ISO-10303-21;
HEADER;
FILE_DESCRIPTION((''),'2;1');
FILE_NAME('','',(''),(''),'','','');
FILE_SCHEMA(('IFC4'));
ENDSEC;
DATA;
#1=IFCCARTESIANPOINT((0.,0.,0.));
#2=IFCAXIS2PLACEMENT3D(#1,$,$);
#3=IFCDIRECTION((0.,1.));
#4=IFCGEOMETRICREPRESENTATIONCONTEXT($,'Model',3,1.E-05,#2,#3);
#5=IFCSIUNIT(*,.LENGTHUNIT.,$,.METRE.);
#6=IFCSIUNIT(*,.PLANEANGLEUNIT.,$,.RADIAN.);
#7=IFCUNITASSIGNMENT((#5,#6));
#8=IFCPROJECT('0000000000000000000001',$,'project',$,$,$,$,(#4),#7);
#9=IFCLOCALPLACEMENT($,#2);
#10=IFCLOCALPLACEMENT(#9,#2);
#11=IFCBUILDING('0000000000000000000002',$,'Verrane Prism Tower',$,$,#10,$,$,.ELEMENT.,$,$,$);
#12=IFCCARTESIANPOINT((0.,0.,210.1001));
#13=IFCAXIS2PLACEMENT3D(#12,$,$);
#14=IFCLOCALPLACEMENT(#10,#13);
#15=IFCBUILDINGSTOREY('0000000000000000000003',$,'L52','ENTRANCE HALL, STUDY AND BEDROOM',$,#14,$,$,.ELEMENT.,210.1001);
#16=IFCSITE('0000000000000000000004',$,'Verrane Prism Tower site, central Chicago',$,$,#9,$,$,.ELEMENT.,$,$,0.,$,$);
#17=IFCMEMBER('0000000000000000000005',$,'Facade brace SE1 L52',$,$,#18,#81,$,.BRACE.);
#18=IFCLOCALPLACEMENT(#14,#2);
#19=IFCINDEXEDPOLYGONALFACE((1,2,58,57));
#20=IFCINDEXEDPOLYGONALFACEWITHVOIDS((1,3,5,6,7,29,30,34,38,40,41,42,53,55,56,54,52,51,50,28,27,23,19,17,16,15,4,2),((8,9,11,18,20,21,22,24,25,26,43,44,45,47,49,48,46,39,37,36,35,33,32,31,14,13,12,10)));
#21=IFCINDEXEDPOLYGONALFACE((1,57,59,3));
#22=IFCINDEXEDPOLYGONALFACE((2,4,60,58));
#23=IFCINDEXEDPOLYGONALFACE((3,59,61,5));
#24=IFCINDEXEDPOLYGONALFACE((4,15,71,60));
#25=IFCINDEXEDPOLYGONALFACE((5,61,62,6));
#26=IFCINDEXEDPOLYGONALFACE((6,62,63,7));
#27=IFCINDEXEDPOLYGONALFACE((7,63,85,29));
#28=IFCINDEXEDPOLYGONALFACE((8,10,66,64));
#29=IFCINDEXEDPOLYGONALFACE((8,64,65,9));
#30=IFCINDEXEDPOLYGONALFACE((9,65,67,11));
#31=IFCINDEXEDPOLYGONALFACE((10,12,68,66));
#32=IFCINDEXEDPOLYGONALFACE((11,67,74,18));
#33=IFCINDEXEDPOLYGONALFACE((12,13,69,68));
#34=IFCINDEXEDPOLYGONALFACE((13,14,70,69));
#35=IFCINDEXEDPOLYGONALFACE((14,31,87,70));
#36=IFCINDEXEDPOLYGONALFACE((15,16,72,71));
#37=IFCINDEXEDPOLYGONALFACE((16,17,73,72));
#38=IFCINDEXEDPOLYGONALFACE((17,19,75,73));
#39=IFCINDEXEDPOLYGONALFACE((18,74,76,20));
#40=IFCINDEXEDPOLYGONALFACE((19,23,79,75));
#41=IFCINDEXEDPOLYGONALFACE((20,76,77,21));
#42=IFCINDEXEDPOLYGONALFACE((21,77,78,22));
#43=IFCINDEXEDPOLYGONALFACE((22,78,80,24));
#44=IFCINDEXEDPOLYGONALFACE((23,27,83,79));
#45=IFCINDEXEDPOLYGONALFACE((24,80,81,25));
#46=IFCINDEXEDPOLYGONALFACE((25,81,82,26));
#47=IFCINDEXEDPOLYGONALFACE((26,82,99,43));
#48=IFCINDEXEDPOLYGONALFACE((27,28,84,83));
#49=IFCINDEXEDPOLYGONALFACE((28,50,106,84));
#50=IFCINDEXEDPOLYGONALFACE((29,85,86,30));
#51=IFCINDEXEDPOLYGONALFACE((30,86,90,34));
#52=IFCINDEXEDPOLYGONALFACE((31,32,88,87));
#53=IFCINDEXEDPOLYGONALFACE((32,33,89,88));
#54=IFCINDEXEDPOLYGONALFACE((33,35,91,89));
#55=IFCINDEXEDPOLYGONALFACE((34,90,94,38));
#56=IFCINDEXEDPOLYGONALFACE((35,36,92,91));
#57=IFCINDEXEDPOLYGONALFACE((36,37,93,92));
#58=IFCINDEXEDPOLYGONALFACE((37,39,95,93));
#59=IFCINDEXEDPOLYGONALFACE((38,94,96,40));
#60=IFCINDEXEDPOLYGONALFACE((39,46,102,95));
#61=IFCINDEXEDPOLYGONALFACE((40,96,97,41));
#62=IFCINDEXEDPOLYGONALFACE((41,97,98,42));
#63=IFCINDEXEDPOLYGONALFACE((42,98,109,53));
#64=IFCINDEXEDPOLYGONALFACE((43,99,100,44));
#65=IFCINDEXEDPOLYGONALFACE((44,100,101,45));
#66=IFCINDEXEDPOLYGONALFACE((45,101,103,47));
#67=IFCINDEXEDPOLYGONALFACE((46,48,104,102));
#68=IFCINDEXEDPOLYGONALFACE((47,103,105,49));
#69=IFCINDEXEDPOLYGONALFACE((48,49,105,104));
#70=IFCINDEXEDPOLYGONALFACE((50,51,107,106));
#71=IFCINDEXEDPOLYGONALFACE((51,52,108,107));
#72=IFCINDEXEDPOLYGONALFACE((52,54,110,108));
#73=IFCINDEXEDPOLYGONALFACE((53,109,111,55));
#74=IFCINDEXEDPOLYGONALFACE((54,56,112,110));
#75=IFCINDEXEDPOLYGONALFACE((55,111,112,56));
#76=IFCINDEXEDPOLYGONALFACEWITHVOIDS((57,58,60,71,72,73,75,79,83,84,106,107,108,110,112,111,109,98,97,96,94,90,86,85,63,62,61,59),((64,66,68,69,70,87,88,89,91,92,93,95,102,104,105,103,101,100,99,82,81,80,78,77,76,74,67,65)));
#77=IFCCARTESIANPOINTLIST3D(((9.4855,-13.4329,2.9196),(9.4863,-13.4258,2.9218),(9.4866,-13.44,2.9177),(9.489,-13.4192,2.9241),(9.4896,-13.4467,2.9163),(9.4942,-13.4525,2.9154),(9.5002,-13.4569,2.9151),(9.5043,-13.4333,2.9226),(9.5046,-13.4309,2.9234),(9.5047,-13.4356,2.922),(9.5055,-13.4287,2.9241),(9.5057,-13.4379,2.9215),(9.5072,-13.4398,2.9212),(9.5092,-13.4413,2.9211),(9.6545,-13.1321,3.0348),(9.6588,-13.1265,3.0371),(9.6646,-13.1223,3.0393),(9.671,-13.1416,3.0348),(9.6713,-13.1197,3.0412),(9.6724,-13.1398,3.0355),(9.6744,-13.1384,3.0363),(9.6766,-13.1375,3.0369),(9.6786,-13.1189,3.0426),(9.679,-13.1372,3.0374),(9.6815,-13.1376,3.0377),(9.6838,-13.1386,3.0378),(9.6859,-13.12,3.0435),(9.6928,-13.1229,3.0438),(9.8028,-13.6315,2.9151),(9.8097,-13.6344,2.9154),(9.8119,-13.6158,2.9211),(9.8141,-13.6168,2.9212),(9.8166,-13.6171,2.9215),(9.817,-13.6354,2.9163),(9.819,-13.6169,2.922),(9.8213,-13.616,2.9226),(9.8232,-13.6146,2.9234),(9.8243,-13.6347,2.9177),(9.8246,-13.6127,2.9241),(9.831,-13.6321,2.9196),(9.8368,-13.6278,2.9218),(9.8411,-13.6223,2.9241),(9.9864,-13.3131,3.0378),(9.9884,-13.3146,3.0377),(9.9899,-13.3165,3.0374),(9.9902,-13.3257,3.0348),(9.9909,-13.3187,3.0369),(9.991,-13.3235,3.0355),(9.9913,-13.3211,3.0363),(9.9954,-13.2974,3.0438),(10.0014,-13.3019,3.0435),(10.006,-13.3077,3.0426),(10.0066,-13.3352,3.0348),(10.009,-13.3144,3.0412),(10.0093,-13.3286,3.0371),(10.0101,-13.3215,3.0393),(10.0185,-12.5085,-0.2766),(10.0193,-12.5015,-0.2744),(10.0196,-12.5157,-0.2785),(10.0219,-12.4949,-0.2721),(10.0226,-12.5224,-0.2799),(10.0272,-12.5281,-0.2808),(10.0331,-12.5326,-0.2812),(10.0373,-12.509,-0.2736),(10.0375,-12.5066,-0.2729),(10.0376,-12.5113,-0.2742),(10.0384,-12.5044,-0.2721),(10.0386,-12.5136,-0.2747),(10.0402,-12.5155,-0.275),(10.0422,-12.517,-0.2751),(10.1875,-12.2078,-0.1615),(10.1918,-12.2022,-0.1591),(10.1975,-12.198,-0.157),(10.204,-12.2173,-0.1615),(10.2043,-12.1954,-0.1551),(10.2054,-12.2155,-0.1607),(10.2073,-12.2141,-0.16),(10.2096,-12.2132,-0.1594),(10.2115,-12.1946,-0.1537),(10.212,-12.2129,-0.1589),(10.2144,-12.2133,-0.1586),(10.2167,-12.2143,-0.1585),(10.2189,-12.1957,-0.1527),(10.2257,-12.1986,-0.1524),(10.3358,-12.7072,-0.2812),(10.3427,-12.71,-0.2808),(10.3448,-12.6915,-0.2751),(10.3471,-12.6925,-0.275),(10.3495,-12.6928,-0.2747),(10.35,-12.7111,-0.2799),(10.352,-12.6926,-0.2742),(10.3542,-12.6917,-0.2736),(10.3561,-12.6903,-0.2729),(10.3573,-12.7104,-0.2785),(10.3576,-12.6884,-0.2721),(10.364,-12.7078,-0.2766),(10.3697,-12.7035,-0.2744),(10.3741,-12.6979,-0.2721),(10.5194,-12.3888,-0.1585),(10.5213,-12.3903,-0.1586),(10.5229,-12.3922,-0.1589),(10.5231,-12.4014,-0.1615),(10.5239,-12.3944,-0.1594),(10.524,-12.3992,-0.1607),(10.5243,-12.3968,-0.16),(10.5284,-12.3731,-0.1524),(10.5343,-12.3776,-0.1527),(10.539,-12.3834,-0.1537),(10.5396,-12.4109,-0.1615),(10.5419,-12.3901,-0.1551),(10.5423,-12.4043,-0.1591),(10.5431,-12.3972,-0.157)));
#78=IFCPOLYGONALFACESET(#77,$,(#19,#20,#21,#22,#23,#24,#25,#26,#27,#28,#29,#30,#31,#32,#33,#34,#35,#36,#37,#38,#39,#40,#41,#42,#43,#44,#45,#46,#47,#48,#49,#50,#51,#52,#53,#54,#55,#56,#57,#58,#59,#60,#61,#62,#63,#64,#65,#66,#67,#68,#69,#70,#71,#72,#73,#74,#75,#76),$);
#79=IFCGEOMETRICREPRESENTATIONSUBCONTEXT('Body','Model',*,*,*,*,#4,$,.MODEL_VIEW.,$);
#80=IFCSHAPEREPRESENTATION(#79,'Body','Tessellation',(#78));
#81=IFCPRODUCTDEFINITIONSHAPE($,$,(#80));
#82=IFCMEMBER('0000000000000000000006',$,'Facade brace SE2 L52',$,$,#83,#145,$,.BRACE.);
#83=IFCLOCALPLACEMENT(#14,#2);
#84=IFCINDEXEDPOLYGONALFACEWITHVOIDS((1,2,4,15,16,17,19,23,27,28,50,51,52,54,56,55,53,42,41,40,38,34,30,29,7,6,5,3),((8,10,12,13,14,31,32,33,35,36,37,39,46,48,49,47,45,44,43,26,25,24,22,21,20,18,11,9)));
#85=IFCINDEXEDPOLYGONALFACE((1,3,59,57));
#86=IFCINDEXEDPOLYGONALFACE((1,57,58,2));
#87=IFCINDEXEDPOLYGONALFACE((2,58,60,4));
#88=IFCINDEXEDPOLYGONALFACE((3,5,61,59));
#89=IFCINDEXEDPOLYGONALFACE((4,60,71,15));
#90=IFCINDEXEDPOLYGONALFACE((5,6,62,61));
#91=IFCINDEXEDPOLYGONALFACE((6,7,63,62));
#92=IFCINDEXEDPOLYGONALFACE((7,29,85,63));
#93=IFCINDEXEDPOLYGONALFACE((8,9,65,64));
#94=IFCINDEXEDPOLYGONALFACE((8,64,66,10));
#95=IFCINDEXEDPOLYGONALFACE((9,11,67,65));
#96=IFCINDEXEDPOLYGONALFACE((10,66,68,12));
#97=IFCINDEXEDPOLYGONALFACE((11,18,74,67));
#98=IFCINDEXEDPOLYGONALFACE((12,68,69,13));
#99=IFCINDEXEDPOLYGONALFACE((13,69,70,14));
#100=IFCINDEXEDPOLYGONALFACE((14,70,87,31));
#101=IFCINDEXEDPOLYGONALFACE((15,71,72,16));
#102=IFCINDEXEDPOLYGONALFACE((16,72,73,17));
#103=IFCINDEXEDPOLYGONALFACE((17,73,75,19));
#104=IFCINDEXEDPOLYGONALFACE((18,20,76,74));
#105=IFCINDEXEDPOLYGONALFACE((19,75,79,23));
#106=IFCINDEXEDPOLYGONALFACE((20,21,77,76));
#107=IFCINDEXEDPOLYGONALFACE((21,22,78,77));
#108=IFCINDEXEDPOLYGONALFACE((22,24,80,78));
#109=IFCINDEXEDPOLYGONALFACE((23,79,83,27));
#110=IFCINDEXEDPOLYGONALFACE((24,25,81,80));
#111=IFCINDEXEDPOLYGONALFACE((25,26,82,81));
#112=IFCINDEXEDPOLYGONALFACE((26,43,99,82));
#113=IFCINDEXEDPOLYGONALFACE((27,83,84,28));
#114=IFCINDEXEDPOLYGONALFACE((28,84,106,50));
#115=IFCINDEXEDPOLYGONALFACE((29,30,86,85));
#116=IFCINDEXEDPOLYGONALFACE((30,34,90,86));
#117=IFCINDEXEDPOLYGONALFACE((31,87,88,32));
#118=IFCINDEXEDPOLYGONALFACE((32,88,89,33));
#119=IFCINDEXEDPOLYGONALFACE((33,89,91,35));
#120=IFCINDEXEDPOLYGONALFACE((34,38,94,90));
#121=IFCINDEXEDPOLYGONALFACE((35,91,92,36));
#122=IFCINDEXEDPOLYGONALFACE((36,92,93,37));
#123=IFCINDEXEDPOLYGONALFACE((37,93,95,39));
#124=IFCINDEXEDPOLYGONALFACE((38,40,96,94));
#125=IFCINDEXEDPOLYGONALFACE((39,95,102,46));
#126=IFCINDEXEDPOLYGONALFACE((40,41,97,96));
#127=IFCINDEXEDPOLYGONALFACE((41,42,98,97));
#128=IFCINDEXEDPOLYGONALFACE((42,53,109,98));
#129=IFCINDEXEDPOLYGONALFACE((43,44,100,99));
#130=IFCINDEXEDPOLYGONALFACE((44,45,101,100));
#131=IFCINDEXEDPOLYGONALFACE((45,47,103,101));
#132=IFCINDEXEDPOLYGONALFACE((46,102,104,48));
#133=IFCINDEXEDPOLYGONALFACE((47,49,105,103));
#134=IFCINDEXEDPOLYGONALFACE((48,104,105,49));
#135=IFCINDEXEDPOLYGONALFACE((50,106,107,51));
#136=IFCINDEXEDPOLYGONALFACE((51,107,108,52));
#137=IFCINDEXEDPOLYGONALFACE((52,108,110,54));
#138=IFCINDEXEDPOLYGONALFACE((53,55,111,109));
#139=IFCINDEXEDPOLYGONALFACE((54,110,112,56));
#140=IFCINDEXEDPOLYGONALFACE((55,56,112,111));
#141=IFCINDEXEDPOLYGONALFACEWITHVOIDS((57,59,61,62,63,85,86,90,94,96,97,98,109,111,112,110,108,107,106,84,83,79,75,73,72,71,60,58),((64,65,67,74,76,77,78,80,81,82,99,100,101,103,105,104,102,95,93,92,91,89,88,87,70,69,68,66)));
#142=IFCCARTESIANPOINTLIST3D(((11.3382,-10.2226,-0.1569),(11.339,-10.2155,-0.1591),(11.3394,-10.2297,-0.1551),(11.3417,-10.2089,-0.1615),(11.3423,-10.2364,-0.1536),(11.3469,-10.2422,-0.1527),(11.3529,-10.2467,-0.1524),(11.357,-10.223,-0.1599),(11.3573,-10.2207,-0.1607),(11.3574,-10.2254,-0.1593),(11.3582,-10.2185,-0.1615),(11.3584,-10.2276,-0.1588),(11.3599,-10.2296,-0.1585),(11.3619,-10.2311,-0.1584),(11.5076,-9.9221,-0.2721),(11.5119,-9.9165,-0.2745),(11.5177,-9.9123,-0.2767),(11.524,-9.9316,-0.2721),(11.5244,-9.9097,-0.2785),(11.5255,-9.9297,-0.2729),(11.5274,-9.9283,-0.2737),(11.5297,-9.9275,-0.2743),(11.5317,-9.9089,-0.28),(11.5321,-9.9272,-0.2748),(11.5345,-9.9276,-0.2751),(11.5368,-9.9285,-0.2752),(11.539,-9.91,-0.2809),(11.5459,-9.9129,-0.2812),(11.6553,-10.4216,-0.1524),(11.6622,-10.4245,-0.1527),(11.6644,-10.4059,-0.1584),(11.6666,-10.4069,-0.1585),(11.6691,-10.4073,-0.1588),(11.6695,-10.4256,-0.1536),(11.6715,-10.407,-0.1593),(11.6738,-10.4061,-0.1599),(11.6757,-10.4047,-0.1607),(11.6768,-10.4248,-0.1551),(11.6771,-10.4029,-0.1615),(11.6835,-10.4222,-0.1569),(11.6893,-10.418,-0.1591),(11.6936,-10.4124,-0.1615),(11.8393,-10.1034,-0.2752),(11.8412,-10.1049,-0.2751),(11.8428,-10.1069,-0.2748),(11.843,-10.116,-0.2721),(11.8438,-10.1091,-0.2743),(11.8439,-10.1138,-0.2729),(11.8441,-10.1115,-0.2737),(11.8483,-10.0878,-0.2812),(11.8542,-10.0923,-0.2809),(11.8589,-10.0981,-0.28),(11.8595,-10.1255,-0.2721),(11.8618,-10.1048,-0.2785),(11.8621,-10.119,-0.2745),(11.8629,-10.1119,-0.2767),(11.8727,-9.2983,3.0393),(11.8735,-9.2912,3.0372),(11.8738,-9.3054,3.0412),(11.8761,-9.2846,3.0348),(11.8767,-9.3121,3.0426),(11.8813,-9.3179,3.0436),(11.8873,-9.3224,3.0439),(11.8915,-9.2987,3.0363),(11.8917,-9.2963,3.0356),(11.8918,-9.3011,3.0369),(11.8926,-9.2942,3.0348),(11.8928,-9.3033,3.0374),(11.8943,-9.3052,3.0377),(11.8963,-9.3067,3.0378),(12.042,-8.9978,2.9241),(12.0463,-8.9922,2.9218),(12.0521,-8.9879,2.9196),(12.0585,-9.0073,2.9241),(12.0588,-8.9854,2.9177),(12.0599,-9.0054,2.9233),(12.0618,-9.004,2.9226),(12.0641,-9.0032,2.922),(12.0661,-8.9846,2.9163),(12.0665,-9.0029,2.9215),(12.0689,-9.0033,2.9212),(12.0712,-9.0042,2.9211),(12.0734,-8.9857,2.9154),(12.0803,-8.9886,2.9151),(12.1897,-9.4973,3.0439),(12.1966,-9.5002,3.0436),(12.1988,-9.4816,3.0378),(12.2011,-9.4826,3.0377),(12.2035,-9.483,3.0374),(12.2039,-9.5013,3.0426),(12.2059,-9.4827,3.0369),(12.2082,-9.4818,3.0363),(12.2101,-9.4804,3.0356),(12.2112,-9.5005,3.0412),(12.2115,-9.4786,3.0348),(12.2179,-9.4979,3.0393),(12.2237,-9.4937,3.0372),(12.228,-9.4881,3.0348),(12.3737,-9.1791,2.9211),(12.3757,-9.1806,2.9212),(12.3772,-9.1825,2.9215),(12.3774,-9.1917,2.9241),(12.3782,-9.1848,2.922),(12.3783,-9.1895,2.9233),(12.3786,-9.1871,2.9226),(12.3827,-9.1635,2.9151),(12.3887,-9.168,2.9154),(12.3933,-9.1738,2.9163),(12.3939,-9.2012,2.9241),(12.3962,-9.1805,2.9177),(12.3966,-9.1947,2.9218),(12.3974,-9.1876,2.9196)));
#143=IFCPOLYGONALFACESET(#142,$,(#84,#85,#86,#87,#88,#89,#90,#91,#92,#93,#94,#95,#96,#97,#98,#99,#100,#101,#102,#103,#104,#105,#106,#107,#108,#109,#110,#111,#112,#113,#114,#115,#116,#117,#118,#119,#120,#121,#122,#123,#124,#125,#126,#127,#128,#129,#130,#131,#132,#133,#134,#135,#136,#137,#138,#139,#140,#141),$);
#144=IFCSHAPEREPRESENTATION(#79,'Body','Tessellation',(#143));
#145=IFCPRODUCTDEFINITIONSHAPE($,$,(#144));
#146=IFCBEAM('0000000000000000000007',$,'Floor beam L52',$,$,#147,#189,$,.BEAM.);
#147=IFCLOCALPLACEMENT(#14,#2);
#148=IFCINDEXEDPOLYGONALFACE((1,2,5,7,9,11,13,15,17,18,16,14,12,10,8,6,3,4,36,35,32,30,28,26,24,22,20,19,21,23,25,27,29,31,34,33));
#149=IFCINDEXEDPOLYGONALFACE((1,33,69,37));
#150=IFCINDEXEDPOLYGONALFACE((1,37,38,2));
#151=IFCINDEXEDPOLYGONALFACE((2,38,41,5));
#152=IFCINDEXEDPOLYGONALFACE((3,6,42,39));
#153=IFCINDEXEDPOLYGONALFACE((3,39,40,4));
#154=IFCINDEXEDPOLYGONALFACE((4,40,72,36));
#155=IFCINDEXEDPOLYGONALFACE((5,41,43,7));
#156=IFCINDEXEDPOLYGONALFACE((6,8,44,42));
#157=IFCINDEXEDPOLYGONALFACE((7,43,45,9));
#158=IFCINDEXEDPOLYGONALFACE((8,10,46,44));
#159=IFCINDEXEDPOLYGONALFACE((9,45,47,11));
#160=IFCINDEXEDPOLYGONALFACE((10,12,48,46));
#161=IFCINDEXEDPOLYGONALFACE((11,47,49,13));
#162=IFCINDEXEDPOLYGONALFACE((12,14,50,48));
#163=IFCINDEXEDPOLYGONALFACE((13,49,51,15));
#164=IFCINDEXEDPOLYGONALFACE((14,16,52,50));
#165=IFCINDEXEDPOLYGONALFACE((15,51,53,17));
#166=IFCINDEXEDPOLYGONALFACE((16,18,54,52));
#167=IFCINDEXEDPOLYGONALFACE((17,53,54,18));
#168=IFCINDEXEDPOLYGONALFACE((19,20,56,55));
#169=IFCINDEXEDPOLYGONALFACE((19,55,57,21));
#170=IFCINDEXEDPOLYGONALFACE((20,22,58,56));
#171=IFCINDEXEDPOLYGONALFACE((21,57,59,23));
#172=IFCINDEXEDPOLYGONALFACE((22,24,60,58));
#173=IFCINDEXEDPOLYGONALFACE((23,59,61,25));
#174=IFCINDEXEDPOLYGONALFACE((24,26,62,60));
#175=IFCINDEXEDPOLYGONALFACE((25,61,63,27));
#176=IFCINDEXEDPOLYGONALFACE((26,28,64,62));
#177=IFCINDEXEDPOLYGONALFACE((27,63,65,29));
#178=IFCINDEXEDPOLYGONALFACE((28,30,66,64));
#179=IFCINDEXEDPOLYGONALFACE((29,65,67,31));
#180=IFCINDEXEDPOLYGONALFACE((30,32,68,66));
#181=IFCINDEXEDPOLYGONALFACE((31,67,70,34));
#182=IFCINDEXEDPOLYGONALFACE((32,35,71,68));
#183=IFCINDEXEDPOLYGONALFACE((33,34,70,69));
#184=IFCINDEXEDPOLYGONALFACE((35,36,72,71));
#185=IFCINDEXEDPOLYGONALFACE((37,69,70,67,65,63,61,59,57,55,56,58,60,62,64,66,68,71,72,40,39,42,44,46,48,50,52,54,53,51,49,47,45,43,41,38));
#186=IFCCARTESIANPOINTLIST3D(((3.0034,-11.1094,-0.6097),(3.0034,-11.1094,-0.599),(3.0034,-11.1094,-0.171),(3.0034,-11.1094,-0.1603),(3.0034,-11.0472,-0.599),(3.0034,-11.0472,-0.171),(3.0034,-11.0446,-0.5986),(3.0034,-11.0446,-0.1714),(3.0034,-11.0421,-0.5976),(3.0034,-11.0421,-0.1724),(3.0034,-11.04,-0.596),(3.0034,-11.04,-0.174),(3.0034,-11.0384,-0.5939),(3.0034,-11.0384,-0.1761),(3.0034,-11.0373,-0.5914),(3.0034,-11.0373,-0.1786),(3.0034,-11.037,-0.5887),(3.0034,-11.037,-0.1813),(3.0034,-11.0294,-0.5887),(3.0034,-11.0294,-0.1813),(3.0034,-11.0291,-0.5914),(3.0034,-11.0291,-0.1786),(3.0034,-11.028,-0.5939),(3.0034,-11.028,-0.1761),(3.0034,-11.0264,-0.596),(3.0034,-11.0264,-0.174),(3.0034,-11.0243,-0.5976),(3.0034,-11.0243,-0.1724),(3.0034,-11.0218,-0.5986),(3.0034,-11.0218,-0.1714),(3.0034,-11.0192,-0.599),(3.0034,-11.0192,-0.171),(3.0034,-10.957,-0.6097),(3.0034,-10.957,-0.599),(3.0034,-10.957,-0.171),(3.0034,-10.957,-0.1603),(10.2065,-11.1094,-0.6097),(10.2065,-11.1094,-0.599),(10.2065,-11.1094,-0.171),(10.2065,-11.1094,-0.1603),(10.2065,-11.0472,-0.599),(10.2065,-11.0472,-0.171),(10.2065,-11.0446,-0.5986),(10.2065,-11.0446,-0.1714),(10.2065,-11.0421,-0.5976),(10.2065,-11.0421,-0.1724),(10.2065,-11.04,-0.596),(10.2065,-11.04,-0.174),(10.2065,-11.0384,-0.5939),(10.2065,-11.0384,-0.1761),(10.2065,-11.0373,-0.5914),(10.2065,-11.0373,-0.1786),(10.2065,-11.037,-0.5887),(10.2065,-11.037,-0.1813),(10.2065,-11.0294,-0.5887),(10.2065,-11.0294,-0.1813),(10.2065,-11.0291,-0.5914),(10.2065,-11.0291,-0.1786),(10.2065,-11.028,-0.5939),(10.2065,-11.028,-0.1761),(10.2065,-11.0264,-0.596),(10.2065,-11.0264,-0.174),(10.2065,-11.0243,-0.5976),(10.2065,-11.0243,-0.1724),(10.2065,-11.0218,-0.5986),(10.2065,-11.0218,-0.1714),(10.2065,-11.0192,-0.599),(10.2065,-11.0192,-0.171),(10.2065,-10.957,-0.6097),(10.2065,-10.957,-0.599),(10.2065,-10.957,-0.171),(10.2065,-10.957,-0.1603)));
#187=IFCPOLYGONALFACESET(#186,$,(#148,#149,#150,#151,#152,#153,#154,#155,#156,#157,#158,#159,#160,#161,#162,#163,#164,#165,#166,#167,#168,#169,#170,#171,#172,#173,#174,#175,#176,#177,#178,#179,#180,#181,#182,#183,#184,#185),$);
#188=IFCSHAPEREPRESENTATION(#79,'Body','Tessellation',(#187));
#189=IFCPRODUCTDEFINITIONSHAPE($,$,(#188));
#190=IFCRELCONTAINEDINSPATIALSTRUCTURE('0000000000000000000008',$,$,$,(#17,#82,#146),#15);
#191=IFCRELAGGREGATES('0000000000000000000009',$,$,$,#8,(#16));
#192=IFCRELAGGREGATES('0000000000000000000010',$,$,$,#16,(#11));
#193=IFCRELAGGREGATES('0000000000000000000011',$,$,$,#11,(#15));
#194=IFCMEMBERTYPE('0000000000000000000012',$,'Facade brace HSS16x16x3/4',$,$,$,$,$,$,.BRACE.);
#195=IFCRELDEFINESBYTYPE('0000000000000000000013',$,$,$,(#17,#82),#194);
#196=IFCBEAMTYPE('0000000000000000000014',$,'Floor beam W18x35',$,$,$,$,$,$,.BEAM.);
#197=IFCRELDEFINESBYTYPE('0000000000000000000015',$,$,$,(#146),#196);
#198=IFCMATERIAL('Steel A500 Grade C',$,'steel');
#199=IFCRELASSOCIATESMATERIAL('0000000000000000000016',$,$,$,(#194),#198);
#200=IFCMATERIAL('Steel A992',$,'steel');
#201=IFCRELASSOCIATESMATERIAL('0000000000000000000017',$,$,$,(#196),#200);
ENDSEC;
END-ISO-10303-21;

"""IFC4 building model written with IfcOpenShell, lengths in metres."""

from ifc_helpers import new_model, si_unit, direction, frame, origin, origin_2d, place, context, subcontext, project, spatial, hollow_rectangle, i_section, extrude, material, material_profile, profile_set, type_object, element, save


model = new_model("IFC4")

# Units and contexts
model_context = context("Model", 3, precision=1e-05, world=origin(), true_north=direction((0.0, 1.0)))
body_context = subcontext(model_context, "Body", "Model", "MODEL_VIEW")
ifc_project = project(units=[si_unit("LENGTHUNIT", "METRE"), si_unit("PLANEANGLEUNIT", "RADIAN")], contexts=[model_context])

# Site, building, storey
site_placement = place(None, origin())
site = spatial("IfcSite", under=ifc_project, at=site_placement, Name="Verrane Prism Tower site, central Chicago", CompositionType="ELEMENT", RefElevation=0.0)
building_placement = place(site_placement, origin())
building = spatial("IfcBuilding", under=site, at=building_placement, Name="Verrane Prism Tower", CompositionType="ELEMENT")
storey_placement = place(building_placement, frame((0.0, 0.0, 210.1001)))
storey = spatial("IfcBuildingStorey", under=building, at=storey_placement, Name="L52", Description="ENTRANCE HALL, STUDY AND BEDROOM", CompositionType="ELEMENT", Elevation=210.1001)

# Members
ifc_material_1 = material(Name="Steel A500 Grade C", Category="steel")
ifc_material_profile_1 = material_profile(ifc_material_1, hollow_rectangle(XDim=0.4065, YDim=0.4065, WallThickness=0.019, InnerFilletRadius=0.0095, OuterFilletRadius=0.0286, at=origin_2d()), Name="HSS16x16x3/4")
ifc_profile_set_1 = profile_set([ifc_material_profile_1], Name="Steel A500 Grade C")
member_type_1 = type_object("IfcMemberType", Name="Facade brace HSS16x16x3/4", PredefinedType="BRACE", material=ifc_profile_set_1)
member_1_placement = place(storey_placement, frame((10.2808, -12.4529, -0.2168), z_axis=(-0.158164, -0.274305, 0.948547), x_axis=(0.866307, -0.499511, 0.0)))
element("IfcMember", 1, at=member_1_placement, inside=storey, type_object=member_type_1, Name="Facade brace SE1 L52", PredefinedType="BRACE", context=body_context, shape_type="SweptSolid", body=[
    extrude(hollow_rectangle(XDim=0.4065, YDim=0.4065, WallThickness=0.019, InnerFilletRadius=0.0095, OuterFilletRadius=0.0286, at=origin_2d()), origin(), (0.0, 0.0, 1.0), 3.3696),
])
member_2_placement = place(storey_placement, frame((11.6006, -10.1672, -0.2168), z_axis=(0.158587, 0.274286, 0.948482), x_axis=(-0.865713, 0.50054, 0.0)))
element("IfcMember", 2, at=member_2_placement, inside=storey, type_object=member_type_1, Name="Facade brace SE2 L52", PredefinedType="BRACE", context=body_context, shape_type="SweptSolid", body=[
    extrude(hollow_rectangle(XDim=0.4065, YDim=0.4065, WallThickness=0.019, InnerFilletRadius=0.0095, OuterFilletRadius=0.0286, at=origin_2d()), origin(), (0.0, 0.0, 1.0), 3.3699),
])

# Beam
ifc_material_2 = material(Name="Steel A992", Category="steel")
ifc_material_profile_2 = material_profile(ifc_material_2, i_section(OverallWidth=0.1523, OverallDepth=0.4495, WebThickness=0.0076, FlangeThickness=0.0107, FilletRadius=0.0103, at=origin_2d()), Name="W18x35")
ifc_profile_set_2 = profile_set([ifc_material_profile_2], Name="Steel A992")
beam_type_1 = type_object("IfcBeamType", Name="Floor beam W18x35", PredefinedType="BEAM", material=ifc_profile_set_2)
beam_1_placement = place(storey_placement, frame((3.0034, -11.0332, -0.385), z_axis=(1.0, 0.0, 0.0), x_axis=(0.0, 1.0, 0.0)))
element("IfcBeam", 3, at=beam_1_placement, inside=storey, type_object=beam_type_1, Name="Floor beam L52", PredefinedType="BEAM", context=body_context, shape_type="SweptSolid", body=[
    extrude(i_section(OverallWidth=0.1523, OverallDepth=0.4495, WebThickness=0.0076, FlangeThickness=0.0107, FilletRadius=0.0103, at=origin_2d()), origin(), (0.0, 0.0, 1.0), 7.2031),
])

save(model, "model.ifc")
